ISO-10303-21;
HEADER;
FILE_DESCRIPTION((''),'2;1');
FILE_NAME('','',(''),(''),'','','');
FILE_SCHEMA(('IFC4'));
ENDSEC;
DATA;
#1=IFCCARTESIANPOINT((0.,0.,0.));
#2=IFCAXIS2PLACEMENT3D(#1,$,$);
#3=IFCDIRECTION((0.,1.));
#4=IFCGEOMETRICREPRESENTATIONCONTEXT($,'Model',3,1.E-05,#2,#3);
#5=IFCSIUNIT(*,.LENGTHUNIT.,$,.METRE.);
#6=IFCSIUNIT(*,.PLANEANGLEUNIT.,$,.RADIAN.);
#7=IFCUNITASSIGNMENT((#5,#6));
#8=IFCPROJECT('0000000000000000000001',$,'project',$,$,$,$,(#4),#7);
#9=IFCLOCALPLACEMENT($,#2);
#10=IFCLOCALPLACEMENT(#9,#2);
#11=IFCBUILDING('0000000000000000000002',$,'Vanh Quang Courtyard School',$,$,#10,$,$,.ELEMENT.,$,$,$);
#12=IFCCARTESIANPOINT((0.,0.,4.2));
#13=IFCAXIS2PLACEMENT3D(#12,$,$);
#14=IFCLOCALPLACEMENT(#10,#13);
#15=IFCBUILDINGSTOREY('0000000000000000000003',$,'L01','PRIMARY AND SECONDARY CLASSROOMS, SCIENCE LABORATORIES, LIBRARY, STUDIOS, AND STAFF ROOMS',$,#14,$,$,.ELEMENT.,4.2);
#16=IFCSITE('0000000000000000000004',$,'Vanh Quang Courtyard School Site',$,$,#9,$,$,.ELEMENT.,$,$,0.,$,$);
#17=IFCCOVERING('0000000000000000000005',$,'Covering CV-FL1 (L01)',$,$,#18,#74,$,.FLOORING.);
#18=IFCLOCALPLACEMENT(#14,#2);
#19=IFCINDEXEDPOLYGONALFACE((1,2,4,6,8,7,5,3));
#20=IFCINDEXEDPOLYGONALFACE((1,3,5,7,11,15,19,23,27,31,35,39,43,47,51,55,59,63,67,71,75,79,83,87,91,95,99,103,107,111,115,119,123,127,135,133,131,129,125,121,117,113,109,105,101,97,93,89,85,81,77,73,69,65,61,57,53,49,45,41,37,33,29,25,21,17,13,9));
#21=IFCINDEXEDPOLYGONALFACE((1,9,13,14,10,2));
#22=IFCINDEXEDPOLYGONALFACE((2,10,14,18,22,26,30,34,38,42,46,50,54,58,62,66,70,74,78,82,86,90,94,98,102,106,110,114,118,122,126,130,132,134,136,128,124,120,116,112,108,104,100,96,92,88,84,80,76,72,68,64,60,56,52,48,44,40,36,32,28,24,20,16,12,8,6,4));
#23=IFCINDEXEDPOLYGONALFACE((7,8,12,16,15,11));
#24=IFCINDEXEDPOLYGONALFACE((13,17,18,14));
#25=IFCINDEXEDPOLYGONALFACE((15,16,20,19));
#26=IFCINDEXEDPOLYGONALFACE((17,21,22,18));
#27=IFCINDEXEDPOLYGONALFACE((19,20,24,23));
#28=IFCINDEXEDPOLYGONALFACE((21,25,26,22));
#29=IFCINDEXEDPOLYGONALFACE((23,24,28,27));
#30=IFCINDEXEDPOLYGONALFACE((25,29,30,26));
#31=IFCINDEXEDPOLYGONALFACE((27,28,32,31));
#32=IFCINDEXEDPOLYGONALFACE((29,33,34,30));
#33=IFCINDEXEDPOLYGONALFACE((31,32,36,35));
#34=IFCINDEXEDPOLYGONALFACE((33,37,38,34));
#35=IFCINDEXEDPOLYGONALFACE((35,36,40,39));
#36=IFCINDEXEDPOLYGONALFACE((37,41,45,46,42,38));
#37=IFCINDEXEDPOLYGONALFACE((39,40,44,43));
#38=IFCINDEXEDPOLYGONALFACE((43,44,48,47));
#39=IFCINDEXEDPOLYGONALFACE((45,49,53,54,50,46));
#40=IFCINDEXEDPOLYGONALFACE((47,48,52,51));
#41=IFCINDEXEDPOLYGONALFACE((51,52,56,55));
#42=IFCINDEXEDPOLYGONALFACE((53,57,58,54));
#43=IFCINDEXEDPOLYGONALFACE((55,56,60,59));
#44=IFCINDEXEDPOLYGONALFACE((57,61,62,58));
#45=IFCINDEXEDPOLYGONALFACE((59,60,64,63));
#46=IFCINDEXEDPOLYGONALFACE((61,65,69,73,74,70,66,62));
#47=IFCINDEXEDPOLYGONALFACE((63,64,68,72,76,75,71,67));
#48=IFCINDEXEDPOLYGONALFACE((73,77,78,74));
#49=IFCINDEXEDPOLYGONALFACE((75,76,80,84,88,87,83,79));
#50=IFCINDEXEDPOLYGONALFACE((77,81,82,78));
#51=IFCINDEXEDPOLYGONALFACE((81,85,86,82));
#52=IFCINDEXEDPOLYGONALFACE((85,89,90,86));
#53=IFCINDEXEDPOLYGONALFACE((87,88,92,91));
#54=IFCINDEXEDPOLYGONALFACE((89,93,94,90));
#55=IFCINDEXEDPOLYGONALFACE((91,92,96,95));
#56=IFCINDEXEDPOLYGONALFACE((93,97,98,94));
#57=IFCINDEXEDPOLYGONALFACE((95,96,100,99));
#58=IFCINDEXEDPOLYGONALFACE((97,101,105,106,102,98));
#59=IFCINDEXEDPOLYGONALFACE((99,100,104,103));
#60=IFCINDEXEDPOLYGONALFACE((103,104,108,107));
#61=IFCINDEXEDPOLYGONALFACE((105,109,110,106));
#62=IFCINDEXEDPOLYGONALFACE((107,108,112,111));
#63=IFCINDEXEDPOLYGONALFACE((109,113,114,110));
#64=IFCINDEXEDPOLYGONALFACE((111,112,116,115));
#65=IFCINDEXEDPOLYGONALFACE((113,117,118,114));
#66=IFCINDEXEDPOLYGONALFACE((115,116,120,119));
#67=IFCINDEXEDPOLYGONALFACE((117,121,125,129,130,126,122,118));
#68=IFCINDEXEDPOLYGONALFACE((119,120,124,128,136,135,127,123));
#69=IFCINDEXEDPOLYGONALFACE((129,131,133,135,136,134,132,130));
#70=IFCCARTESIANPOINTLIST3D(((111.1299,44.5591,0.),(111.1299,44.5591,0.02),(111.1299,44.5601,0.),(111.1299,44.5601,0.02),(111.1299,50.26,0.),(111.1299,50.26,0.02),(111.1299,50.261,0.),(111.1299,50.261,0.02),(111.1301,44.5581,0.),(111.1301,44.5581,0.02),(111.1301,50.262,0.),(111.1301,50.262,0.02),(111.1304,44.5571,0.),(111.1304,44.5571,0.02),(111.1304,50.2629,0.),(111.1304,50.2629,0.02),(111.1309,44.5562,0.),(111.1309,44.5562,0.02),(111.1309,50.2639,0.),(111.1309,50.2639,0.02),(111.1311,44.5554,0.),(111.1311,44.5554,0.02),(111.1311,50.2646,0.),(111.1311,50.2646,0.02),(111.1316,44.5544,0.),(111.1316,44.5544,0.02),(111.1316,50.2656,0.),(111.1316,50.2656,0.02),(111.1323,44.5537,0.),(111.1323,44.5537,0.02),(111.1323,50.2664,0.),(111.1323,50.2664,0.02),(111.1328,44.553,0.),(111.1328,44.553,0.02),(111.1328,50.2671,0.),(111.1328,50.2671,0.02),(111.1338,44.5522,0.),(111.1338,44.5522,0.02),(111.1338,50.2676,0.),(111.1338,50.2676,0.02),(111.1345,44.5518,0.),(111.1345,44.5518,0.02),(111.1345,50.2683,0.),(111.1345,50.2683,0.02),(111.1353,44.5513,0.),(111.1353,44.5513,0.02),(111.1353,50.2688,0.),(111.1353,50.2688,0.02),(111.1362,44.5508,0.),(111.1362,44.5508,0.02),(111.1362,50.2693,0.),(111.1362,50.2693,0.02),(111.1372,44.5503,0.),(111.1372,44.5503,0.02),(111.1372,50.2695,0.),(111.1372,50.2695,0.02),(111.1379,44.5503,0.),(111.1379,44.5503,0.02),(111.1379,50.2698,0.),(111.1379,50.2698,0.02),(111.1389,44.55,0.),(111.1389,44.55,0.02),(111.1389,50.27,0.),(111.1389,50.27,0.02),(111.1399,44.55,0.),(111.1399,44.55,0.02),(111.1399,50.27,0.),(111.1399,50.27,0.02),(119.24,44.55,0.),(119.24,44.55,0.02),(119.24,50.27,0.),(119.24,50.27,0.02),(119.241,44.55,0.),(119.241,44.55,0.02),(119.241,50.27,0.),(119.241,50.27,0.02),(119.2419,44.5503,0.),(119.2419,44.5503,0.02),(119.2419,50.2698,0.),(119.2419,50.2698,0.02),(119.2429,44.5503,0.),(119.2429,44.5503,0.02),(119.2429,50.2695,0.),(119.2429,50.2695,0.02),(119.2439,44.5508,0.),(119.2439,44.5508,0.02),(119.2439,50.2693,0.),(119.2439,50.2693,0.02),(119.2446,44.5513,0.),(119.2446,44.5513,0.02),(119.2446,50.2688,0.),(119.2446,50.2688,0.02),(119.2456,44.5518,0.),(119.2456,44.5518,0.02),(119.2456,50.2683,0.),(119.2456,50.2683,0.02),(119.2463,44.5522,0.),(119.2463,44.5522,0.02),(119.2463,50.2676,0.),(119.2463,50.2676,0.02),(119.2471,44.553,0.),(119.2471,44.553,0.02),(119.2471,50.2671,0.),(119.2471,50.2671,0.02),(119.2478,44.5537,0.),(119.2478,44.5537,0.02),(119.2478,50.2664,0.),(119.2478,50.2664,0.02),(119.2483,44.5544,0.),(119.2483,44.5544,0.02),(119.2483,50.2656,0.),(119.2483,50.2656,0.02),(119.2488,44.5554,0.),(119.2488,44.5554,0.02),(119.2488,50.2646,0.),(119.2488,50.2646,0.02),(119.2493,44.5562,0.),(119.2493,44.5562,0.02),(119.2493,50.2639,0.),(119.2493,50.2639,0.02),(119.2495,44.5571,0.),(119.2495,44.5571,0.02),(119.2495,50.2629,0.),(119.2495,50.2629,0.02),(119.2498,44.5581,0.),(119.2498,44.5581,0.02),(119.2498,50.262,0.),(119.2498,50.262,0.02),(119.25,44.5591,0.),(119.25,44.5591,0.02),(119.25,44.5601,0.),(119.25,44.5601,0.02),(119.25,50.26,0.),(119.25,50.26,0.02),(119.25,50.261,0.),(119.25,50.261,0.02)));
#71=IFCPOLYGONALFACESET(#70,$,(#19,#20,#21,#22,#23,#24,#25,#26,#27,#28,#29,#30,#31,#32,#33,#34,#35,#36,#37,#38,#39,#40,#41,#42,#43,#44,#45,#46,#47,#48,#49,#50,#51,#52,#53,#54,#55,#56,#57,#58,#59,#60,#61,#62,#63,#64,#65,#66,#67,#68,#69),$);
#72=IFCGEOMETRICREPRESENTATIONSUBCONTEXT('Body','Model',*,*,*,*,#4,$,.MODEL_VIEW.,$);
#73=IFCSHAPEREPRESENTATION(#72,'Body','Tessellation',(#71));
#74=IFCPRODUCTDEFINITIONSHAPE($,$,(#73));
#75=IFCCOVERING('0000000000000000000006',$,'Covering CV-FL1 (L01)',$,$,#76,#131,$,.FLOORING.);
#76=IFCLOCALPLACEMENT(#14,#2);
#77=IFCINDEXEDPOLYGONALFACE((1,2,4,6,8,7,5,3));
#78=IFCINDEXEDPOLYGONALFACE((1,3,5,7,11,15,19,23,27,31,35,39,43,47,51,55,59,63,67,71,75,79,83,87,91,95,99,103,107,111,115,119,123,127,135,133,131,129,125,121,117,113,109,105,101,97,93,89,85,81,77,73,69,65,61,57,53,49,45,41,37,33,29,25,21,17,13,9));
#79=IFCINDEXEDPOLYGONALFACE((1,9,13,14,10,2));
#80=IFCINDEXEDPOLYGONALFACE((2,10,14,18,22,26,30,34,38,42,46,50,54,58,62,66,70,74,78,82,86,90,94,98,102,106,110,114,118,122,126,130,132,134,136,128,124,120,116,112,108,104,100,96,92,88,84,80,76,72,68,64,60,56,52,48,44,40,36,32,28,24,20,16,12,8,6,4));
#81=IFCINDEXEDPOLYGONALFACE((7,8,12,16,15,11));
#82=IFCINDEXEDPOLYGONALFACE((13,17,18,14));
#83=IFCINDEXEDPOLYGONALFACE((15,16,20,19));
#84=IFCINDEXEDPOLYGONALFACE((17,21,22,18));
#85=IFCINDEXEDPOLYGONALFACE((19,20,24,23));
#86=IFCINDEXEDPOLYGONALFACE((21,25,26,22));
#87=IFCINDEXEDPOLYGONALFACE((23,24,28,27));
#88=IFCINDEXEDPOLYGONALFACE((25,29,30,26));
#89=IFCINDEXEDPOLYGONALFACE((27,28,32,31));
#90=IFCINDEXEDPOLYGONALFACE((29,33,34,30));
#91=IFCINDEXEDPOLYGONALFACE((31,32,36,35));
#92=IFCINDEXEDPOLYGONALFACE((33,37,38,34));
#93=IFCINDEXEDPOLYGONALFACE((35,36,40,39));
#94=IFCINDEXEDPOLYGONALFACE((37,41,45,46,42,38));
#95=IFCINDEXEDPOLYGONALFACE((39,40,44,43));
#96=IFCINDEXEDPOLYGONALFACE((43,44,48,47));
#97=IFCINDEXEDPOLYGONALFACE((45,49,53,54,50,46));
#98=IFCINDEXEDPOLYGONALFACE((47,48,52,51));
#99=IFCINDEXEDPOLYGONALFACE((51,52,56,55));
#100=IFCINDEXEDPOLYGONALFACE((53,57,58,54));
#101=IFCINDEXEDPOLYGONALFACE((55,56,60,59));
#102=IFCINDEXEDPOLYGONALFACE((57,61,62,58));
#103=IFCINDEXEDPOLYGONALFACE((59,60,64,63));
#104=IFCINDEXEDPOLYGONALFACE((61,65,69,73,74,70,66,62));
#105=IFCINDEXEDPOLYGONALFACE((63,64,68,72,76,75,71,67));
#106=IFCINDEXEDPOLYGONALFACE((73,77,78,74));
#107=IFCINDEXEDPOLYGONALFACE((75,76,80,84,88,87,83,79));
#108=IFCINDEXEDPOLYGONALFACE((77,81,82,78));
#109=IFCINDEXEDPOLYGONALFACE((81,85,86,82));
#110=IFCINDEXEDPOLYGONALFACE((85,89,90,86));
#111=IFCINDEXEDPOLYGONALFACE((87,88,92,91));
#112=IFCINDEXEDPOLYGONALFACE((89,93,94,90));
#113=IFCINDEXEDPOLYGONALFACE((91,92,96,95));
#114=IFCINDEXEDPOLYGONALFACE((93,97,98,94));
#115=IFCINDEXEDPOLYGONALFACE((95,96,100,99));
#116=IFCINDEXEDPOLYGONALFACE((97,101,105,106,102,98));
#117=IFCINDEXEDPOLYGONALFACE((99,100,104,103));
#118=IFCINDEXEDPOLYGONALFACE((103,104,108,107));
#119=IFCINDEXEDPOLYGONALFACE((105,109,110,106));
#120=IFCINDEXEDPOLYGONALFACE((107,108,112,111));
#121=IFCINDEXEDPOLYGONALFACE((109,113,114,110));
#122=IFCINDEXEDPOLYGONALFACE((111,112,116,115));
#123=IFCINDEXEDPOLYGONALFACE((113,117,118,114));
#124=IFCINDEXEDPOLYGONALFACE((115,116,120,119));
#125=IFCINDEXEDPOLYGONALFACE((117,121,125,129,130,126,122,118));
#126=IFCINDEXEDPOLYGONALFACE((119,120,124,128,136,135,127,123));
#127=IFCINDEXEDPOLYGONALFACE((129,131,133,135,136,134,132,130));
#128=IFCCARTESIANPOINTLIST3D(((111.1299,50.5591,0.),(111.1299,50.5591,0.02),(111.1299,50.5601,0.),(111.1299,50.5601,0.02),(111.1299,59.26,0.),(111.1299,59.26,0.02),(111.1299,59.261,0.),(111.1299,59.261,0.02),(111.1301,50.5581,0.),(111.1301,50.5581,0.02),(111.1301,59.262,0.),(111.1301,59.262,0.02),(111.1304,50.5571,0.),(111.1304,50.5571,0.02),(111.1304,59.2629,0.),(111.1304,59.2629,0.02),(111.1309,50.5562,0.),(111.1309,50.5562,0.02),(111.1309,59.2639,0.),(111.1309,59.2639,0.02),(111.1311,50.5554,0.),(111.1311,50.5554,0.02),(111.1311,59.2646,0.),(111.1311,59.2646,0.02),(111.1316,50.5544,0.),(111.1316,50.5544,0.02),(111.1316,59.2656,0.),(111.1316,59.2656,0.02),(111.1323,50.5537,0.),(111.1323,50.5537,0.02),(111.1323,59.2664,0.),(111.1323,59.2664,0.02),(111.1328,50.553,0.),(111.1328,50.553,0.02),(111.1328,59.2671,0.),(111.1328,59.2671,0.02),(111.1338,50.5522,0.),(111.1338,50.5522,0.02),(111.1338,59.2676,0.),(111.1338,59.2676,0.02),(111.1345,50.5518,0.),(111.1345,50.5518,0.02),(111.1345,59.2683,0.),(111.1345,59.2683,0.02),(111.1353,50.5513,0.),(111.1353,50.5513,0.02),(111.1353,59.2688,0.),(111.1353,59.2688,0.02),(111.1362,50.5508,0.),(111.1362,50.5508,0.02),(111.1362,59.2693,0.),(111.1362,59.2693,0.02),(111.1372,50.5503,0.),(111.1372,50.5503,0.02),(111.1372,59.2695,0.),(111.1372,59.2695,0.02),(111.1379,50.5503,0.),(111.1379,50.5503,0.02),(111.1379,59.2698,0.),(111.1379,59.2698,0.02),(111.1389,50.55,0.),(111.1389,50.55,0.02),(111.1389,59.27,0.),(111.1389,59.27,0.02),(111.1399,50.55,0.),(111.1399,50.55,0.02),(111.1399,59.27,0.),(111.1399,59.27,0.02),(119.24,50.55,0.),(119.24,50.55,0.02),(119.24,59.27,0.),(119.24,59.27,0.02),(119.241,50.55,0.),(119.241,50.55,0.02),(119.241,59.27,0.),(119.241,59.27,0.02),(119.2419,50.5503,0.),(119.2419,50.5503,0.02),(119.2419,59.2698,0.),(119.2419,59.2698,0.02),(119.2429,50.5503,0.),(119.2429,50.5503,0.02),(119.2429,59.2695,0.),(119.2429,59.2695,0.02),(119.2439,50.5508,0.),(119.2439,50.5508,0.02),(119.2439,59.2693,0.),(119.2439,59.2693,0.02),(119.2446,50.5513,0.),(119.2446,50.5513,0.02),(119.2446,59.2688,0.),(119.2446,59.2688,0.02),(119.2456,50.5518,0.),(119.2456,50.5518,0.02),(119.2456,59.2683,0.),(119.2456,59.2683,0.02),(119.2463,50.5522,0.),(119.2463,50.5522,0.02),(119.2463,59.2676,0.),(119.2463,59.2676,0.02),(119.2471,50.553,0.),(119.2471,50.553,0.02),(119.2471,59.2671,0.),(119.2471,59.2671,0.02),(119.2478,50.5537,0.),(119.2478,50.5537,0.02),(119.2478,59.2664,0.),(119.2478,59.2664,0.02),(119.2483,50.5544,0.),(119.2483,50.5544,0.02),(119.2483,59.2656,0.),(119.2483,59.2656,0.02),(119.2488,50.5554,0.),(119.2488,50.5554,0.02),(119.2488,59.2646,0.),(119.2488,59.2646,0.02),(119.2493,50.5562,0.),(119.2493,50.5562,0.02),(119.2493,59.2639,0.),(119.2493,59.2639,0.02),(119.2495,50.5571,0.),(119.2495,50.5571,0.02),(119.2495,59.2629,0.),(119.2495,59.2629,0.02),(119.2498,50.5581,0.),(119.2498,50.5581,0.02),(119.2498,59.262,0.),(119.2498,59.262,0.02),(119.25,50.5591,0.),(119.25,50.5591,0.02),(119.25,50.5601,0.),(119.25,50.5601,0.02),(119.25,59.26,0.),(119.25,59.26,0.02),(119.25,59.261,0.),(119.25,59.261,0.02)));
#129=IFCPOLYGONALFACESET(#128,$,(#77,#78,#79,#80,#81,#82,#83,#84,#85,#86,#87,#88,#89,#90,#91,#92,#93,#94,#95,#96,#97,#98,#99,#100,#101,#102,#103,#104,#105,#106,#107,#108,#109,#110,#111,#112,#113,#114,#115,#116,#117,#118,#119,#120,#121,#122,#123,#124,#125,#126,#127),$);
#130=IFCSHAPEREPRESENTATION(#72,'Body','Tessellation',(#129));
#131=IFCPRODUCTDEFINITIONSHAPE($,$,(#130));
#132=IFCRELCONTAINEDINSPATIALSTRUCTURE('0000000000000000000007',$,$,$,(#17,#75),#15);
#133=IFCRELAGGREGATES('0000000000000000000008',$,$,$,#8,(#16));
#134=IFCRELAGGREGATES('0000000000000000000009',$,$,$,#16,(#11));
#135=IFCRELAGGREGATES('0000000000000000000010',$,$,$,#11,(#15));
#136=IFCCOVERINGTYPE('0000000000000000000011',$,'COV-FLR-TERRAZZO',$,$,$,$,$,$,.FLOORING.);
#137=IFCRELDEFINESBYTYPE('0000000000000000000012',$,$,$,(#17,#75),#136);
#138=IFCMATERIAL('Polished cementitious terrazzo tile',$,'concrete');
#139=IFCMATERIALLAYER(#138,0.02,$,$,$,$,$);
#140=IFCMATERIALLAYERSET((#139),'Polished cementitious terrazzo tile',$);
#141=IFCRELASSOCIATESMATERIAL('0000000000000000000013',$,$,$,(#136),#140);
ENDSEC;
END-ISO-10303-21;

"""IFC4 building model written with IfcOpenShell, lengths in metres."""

from ifc_helpers import new_model, si_unit, direction, frame, origin, place, context, subcontext, project, spatial, polyline, outline, extrude, material, layer, layer_set, type_object, element, save


model = new_model("IFC4")

# Units and contexts
model_context = context("Model", 3, precision=1e-05, world=origin(), true_north=direction((0.0, 1.0)))
body_context = subcontext(model_context, "Body", "Model", "MODEL_VIEW")
ifc_project = project(units=[si_unit("LENGTHUNIT", "METRE"), si_unit("PLANEANGLEUNIT", "RADIAN")], contexts=[model_context])

# Site, building, storey
site_placement = place(None, origin())
site = spatial("IfcSite", under=ifc_project, at=site_placement, Name="Vanh Quang Courtyard School Site", CompositionType="ELEMENT", RefElevation=0.0)
building_placement = place(site_placement, origin())
building = spatial("IfcBuilding", under=site, at=building_placement, Name="Vanh Quang Courtyard School", CompositionType="ELEMENT")
storey_placement = place(building_placement, frame((0.0, 0.0, 4.2)))
storey = spatial("IfcBuildingStorey", under=building, at=storey_placement, Name="L01", Description="PRIMARY AND SECONDARY CLASSROOMS, SCIENCE LABORATORIES, LIBRARY, STUDIOS, AND STAFF ROOMS", CompositionType="ELEMENT", Elevation=4.2)

# Coverings
ifc_material_1 = material(Name="Polished cementitious terrazzo tile", Category="concrete")
ifc_layer_1 = layer(ifc_material_1, 0.02)
ifc_layer_set_1 = layer_set([ifc_layer_1], Name="Polished cementitious terrazzo tile")
covering_type_1 = type_object("IfcCoveringType", Name="COV-FLR-TERRAZZO", PredefinedType="FLOORING", material=ifc_layer_set_1)
covering_1_placement = place(storey_placement, origin())
element("IfcCovering", 1, at=covering_1_placement, inside=storey, type_object=covering_type_1, Name="Covering CV-FL1 (L01)", PredefinedType="FLOORING", context=body_context, shape_type="SweptSolid", body=[
    extrude(outline(polyline([(119.25, 44.5601), (119.25, 44.5591), (119.2498, 44.5581), (119.2495, 44.5571), (119.2493, 44.5562), (119.2488, 44.5554), (119.2483, 44.5544), (119.2478, 44.5537), (119.2471, 44.553), (119.2463, 44.5522), (119.2456, 44.5518), (119.2446, 44.5513), (119.2439, 44.5508), (119.2429, 44.5503), (119.2419, 44.5503), (119.241, 44.55), (119.24, 44.55), (111.1399, 44.55), (111.1389, 44.55), (111.1379, 44.5503), (111.1372, 44.5503), (111.1362, 44.5508), (111.1353, 44.5513), (111.1345, 44.5518), (111.1338, 44.5522), (111.1328, 44.553), (111.1323, 44.5537), (111.1316, 44.5544), (111.1311, 44.5554), (111.1309, 44.5562), (111.1304, 44.5571), (111.1301, 44.5581), (111.1299, 44.5591), (111.1299, 44.5601), (111.1299, 50.26), (111.1299, 50.261), (111.1301, 50.262), (111.1304, 50.2629), (111.1309, 50.2639), (111.1311, 50.2646), (111.1316, 50.2656), (111.1323, 50.2664), (111.1328, 50.2671), (111.1338, 50.2676), (111.1345, 50.2683), (111.1353, 50.2688), (111.1362, 50.2693), (111.1372, 50.2695), (111.1379, 50.2698), (111.1389, 50.27), (111.1399, 50.27), (119.24, 50.27), (119.241, 50.27), (119.2419, 50.2698), (119.2429, 50.2695), (119.2439, 50.2693), (119.2446, 50.2688), (119.2456, 50.2683), (119.2463, 50.2676), (119.2471, 50.2671), (119.2478, 50.2664), (119.2483, 50.2656), (119.2488, 50.2646), (119.2493, 50.2639), (119.2495, 50.2629), (119.2498, 50.262), (119.25, 50.261), (119.25, 50.26), (119.25, 44.5601)])), origin(), (0.0, 0.0, 1.0), 0.02),
])
covering_2_placement = place(storey_placement, origin())
element("IfcCovering", 2, at=covering_2_placement, inside=storey, type_object=covering_type_1, Name="Covering CV-FL1 (L01)", PredefinedType="FLOORING", context=body_context, shape_type="SweptSolid", body=[
    extrude(outline(polyline([(111.1399, 50.55), (111.1389, 50.55), (111.1379, 50.5503), (111.1372, 50.5503), (111.1362, 50.5508), (111.1353, 50.5513), (111.1345, 50.5518), (111.1338, 50.5522), (111.1328, 50.553), (111.1323, 50.5537), (111.1316, 50.5544), (111.1311, 50.5554), (111.1309, 50.5562), (111.1304, 50.5571), (111.1301, 50.5581), (111.1299, 50.5591), (111.1299, 50.5601), (111.1299, 59.26), (111.1299, 59.261), (111.1301, 59.262), (111.1304, 59.2629), (111.1309, 59.2639), (111.1311, 59.2646), (111.1316, 59.2656), (111.1323, 59.2664), (111.1328, 59.2671), (111.1338, 59.2676), (111.1345, 59.2683), (111.1353, 59.2688), (111.1362, 59.2693), (111.1372, 59.2695), (111.1379, 59.2698), (111.1389, 59.27), (111.1399, 59.27), (119.24, 59.27), (119.241, 59.27), (119.2419, 59.2698), (119.2429, 59.2695), (119.2439, 59.2693), (119.2446, 59.2688), (119.2456, 59.2683), (119.2463, 59.2676), (119.2471, 59.2671), (119.2478, 59.2664), (119.2483, 59.2656), (119.2488, 59.2646), (119.2493, 59.2639), (119.2495, 59.2629), (119.2498, 59.262), (119.25, 59.261), (119.25, 59.26), (119.25, 50.5601), (119.25, 50.5591), (119.2498, 50.5581), (119.2495, 50.5571), (119.2493, 50.5562), (119.2488, 50.5554), (119.2483, 50.5544), (119.2478, 50.5537), (119.2471, 50.553), (119.2463, 50.5522), (119.2456, 50.5518), (119.2446, 50.5513), (119.2439, 50.5508), (119.2429, 50.5503), (119.2419, 50.5503), (119.241, 50.55), (119.24, 50.55), (111.1399, 50.55)])), origin(), (0.0, 0.0, 1.0), 0.02),
])

save(model, "model.ifc")
